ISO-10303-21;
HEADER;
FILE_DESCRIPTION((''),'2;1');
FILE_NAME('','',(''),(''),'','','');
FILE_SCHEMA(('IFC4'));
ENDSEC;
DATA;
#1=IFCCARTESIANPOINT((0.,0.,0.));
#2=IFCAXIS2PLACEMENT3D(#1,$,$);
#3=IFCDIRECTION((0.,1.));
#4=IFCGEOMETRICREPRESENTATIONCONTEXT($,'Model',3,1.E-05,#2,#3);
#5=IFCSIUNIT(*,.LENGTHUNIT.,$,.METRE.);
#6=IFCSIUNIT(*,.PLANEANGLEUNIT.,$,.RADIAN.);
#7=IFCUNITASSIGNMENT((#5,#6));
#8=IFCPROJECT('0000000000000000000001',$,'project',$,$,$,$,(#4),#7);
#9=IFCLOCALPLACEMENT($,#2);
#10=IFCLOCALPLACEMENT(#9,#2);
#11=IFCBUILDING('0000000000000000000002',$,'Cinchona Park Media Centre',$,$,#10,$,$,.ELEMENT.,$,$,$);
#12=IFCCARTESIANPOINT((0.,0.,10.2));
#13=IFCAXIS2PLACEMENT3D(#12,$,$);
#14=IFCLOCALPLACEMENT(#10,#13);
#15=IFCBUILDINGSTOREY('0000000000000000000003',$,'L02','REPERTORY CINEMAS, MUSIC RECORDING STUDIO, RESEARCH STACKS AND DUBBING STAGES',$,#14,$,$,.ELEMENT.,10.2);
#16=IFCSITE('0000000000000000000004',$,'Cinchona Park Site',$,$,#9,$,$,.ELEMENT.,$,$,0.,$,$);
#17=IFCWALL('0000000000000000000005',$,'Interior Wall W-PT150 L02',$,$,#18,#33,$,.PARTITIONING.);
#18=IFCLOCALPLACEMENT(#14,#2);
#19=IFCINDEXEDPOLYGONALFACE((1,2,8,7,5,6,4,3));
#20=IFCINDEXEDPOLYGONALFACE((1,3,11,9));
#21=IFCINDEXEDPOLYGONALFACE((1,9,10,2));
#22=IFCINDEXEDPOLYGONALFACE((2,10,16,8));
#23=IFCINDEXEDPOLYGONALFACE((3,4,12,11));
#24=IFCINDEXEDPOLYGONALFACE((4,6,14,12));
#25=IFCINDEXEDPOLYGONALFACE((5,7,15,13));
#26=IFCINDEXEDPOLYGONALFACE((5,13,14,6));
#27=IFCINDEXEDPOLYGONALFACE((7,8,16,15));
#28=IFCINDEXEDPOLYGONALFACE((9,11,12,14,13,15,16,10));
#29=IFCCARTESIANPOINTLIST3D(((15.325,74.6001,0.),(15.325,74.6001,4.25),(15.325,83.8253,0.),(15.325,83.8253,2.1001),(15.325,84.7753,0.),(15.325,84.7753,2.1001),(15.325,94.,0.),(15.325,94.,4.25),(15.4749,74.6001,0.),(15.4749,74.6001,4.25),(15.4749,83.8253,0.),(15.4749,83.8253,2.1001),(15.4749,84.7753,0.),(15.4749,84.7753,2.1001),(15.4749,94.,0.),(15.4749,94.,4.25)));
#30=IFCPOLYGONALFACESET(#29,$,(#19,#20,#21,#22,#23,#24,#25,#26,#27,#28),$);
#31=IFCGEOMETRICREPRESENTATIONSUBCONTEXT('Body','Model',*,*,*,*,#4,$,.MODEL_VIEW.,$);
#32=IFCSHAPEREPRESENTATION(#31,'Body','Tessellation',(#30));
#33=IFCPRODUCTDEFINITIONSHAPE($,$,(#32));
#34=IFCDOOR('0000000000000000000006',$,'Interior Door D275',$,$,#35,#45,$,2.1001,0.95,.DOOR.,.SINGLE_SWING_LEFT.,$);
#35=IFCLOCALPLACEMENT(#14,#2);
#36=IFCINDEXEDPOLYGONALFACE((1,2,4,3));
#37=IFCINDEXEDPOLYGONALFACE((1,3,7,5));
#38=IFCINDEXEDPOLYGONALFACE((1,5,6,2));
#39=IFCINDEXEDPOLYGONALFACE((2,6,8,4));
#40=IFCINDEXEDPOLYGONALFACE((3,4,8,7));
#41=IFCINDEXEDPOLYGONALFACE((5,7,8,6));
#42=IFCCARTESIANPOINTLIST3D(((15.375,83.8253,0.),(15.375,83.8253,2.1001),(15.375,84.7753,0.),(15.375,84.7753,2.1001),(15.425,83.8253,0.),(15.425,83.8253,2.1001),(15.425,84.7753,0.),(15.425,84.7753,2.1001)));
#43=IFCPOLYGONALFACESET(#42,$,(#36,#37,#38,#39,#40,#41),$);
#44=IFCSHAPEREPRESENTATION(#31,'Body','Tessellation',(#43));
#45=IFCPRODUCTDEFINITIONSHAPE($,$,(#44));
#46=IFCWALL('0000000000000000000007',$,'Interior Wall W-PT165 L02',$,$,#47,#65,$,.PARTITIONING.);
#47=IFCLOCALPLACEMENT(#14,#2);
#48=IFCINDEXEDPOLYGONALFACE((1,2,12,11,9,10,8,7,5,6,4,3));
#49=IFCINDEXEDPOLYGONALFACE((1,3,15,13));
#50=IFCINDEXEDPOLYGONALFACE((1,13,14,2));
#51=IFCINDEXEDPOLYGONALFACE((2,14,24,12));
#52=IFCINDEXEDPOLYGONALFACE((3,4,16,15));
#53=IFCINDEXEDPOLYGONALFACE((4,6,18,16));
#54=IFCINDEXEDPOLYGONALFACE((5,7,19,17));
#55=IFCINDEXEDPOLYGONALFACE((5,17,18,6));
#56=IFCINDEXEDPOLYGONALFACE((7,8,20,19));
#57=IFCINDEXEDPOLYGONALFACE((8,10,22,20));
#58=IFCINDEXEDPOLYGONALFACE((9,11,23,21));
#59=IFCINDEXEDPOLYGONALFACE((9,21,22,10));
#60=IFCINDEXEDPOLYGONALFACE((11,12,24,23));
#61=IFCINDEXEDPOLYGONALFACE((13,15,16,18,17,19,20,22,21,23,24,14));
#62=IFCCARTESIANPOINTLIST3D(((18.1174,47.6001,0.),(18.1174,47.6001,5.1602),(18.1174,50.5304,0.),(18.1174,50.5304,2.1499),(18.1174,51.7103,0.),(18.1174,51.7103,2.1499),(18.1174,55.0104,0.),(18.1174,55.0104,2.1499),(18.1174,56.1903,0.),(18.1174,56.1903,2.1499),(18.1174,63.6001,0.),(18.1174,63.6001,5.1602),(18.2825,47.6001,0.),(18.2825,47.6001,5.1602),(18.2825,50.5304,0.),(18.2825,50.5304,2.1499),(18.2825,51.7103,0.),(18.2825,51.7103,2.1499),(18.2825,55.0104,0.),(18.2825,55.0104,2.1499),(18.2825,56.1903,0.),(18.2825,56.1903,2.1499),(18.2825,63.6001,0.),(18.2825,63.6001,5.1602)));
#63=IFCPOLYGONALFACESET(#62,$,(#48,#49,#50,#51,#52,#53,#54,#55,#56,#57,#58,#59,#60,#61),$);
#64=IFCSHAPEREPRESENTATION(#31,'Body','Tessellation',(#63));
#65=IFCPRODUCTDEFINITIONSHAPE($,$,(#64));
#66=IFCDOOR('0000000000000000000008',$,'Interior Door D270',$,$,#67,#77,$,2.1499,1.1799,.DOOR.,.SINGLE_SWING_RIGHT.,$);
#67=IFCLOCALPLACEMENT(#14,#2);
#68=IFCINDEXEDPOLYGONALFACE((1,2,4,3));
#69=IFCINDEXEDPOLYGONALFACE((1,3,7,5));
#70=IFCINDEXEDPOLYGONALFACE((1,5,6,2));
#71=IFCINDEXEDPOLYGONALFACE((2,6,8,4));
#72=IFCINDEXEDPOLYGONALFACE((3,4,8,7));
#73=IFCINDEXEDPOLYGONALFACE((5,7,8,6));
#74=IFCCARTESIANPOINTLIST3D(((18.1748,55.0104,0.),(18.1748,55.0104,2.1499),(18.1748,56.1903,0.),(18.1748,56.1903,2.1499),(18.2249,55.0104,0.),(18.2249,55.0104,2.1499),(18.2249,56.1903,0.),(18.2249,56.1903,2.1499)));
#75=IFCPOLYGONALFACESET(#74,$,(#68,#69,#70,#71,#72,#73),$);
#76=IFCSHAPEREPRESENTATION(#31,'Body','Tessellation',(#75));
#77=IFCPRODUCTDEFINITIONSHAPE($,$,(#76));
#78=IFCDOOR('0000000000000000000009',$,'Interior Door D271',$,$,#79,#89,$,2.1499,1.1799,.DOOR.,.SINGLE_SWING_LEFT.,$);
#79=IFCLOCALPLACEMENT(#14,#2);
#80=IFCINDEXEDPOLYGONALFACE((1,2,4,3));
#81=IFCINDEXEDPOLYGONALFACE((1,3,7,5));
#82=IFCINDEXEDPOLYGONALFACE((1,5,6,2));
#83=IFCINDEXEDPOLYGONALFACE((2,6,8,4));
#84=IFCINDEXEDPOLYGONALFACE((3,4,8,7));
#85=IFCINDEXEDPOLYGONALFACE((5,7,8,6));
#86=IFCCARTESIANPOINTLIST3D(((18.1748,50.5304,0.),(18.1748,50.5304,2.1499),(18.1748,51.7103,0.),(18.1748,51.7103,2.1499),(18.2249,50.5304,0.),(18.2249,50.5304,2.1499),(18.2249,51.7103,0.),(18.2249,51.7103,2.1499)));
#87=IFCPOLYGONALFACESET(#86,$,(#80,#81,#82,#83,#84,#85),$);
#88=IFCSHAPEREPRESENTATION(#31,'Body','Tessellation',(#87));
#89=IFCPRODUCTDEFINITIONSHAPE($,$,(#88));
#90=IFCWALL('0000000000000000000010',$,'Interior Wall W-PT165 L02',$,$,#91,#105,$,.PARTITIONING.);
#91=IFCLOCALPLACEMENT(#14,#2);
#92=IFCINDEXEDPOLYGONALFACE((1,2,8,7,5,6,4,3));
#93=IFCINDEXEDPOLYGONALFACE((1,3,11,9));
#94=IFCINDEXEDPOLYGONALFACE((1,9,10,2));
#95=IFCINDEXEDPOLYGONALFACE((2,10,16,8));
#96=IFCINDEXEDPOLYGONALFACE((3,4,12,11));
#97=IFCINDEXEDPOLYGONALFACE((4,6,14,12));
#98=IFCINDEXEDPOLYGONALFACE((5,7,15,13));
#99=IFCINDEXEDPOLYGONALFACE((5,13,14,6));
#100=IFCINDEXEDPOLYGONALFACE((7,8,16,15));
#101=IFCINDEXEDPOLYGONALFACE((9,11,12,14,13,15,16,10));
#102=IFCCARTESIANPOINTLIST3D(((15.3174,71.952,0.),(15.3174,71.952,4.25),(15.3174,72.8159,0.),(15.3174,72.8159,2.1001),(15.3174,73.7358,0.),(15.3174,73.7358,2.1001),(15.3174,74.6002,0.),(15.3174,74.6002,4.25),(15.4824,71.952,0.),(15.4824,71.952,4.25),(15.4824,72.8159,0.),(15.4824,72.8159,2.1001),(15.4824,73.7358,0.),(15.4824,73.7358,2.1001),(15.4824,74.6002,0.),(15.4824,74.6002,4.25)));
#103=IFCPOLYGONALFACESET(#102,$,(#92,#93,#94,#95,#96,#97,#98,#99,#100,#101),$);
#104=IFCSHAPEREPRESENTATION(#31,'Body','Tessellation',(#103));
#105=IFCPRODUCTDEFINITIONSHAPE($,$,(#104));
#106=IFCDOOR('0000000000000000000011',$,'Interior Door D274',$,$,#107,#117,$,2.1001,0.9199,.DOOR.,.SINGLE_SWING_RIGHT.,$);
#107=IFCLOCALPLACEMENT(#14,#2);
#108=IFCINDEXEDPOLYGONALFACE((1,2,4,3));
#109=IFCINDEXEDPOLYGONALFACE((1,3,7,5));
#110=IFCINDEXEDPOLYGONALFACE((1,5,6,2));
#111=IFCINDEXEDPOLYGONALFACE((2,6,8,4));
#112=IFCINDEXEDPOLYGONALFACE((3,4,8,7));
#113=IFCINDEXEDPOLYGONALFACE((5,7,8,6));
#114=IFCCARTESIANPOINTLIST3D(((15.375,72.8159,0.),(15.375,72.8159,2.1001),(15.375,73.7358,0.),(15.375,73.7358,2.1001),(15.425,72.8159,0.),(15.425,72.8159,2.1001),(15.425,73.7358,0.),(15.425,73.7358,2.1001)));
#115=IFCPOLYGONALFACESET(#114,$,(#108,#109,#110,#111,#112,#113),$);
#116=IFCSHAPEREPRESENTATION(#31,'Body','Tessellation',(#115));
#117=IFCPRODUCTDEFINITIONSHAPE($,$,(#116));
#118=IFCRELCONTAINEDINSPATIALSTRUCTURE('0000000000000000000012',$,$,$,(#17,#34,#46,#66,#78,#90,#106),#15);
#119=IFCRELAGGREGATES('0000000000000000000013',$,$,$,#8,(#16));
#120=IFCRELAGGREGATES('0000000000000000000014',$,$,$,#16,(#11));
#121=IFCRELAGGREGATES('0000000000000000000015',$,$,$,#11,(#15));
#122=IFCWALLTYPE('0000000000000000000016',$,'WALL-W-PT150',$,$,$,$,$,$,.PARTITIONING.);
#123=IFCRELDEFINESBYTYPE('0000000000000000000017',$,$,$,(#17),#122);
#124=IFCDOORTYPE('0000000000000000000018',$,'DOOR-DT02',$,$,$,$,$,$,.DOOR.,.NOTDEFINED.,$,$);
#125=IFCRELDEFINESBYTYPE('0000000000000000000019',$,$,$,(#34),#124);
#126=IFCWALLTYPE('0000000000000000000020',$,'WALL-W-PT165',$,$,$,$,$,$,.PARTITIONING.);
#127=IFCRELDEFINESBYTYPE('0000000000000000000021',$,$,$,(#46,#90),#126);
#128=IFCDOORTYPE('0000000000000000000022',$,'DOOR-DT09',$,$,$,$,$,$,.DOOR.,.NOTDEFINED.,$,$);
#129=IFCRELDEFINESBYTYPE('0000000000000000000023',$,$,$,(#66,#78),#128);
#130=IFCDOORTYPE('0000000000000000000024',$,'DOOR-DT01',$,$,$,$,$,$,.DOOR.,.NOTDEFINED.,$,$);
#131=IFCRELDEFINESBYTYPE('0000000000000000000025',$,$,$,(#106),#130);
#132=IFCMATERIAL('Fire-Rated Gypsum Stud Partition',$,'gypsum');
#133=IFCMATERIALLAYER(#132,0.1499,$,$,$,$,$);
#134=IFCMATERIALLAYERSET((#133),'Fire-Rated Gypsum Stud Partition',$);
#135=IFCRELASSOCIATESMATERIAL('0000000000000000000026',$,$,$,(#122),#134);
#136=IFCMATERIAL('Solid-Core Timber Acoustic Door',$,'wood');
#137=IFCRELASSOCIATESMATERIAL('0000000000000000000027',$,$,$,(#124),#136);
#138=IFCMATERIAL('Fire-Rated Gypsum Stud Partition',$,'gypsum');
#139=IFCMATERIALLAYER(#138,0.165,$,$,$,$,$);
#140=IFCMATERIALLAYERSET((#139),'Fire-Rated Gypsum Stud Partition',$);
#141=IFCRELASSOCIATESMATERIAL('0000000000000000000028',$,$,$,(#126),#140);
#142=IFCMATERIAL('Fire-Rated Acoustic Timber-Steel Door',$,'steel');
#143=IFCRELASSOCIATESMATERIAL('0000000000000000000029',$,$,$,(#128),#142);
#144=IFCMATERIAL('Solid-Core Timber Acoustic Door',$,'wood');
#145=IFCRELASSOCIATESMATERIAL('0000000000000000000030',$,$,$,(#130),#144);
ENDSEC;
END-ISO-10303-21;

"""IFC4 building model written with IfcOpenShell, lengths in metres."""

from ifc_helpers import new_model, si_unit, direction, frame, frame_2d, origin, place, context, subcontext, project, spatial, rectangle, extrude, material, layer, layer_set, type_object, element, fill, save


model = new_model("IFC4")

# Units and contexts
model_context = context("Model", 3, precision=1e-05, world=origin(), true_north=direction((0.0, 1.0)))
body_context = subcontext(model_context, "Body", "Model", "MODEL_VIEW")
ifc_project = project(units=[si_unit("LENGTHUNIT", "METRE"), si_unit("PLANEANGLEUNIT", "RADIAN")], contexts=[model_context])

# Site, building, storey
site_placement = place(None, origin())
site = spatial("IfcSite", under=ifc_project, at=site_placement, Name="Cinchona Park Site", CompositionType="ELEMENT", RefElevation=0.0)
building_placement = place(site_placement, origin())
building = spatial("IfcBuilding", under=site, at=building_placement, Name="Cinchona Park Media Centre", CompositionType="ELEMENT")
storey_placement = place(building_placement, frame((0.0, 0.0, 10.2)))
storey = spatial("IfcBuildingStorey", under=building, at=storey_placement, Name="L02", Description="REPERTORY CINEMAS, MUSIC RECORDING STUDIO, RESEARCH STACKS AND DUBBING STAGES", CompositionType="ELEMENT", Elevation=10.2)

# Wall, opening, door
ifc_material_1 = material(Name="Fire-Rated Gypsum Stud Partition", Category="gypsum")
ifc_layer_1 = layer(ifc_material_1, 0.1499)
ifc_layer_set_1 = layer_set([ifc_layer_1], Name="Fire-Rated Gypsum Stud Partition")
wall_type_1 = type_object("IfcWallType", Name="WALL-W-PT150", PredefinedType="PARTITIONING", material=ifc_layer_set_1)
wall_1_placement = place(storey_placement, frame((15.3999, 74.6001, 0.0), z_axis=(0.0, 0.0, 1.0), x_axis=(0.0, 1.0, 0.0)))
wall_1 = element("IfcWall", 1, at=wall_1_placement, inside=storey, type_object=wall_type_1, Name="Interior Wall W-PT150 L02", PredefinedType="PARTITIONING", context=body_context, shape_type="SweptSolid", body=[
    extrude(rectangle(XDim=19.3999, YDim=0.1499, at=frame_2d((9.7, 0.0))), origin(), (0.0, 0.0, 1.0), 4.25),
])
opening_1_placement = place(wall_1_placement, frame((9.2251, 0.0, 0.0)))
opening_1 = element("IfcOpeningElement", 2, at=opening_1_placement, cuts=wall_1, PredefinedType="OPENING", context=body_context, shape_type="SweptSolid", body=[
    extrude(rectangle(XDim=0.95, YDim=2.1001, at=frame_2d((0.4751, 1.05))), frame((0.0, 0.085, 0.0), z_axis=(0.0, -1.0, 0.0), x_axis=(1.0, 0.0, 0.0)), (0.0, 0.0, 1.0), 0.1699),
])
ifc_material_2 = material(Name="Solid-Core Timber Acoustic Door", Category="wood")
door_type_1 = type_object("IfcDoorType", Name="DOOR-DT02", OperationType="NOTDEFINED", PredefinedType="DOOR", material=ifc_material_2)
door_1_placement = place(opening_1_placement, origin())
door_1 = element("IfcDoor", 3, at=door_1_placement, inside=storey, type_object=door_type_1, Name="Interior Door D275", OperationType="SINGLE_SWING_LEFT", OverallHeight=2.1001, OverallWidth=0.95, PredefinedType="DOOR", context=body_context, shape_type="SweptSolid", body=[
    extrude(rectangle(XDim=0.95, YDim=2.1001, at=frame_2d((0.4751, 1.05))), frame((0.0, 0.0249, 0.0), z_axis=(0.0, -1.0, 0.0), x_axis=(1.0, 0.0, 0.0)), (0.0, 0.0, 1.0), 0.05),
])
fill(opening_1, door_1)

# Wall, openings, doors
ifc_material_3 = material(Name="Fire-Rated Gypsum Stud Partition", Category="gypsum")
ifc_layer_2 = layer(ifc_material_3, 0.165)
ifc_layer_set_2 = layer_set([ifc_layer_2], Name="Fire-Rated Gypsum Stud Partition")
wall_type_2 = type_object("IfcWallType", Name="WALL-W-PT165", PredefinedType="PARTITIONING", material=ifc_layer_set_2)
wall_2_placement = place(storey_placement, frame((18.2, 63.6001, 0.0), z_axis=(0.0, 0.0, 1.0), x_axis=(0.0, -1.0, 0.0)))
wall_2 = element("IfcWall", 4, at=wall_2_placement, inside=storey, type_object=wall_type_2, Name="Interior Wall W-PT165 L02", PredefinedType="PARTITIONING", context=body_context, shape_type="SweptSolid", body=[
    extrude(rectangle(XDim=16.0, YDim=0.165, at=frame_2d((8.0, 0.0))), origin(), (0.0, 0.0, 1.0), 5.1602),
])
opening_2_placement = place(wall_2_placement, frame((7.4099, 0.0, 0.0)))
opening_2 = element("IfcOpeningElement", 5, at=opening_2_placement, cuts=wall_2, PredefinedType="OPENING", context=body_context, shape_type="SweptSolid", body=[
    extrude(rectangle(XDim=1.1799, YDim=2.1499, at=frame_2d((0.5898, 1.075))), frame((0.0, 0.0925, 0.0), z_axis=(0.0, -1.0, 0.0), x_axis=(1.0, 0.0, 0.0)), (0.0, 0.0, 1.0), 0.1851),
])
opening_3_placement = place(wall_2_placement, frame((11.8899, 0.0, 0.0)))
opening_3 = element("IfcOpeningElement", 6, at=opening_3_placement, cuts=wall_2, PredefinedType="OPENING", context=body_context, shape_type="SweptSolid", body=[
    extrude(rectangle(XDim=1.1799, YDim=2.1499, at=frame_2d((0.5898, 1.075))), frame((0.0, 0.0925, 0.0), z_axis=(0.0, -1.0, 0.0), x_axis=(1.0, 0.0, 0.0)), (0.0, 0.0, 1.0), 0.1851),
])
ifc_material_4 = material(Name="Fire-Rated Acoustic Timber-Steel Door", Category="steel")
door_type_2 = type_object("IfcDoorType", Name="DOOR-DT09", OperationType="NOTDEFINED", PredefinedType="DOOR", material=ifc_material_4)
door_2_placement = place(opening_2_placement, origin())
door_2 = element("IfcDoor", 7, at=door_2_placement, inside=storey, type_object=door_type_2, Name="Interior Door D270", OperationType="SINGLE_SWING_RIGHT", OverallHeight=2.1499, OverallWidth=1.1799, PredefinedType="DOOR", context=body_context, shape_type="SweptSolid", body=[
    extrude(rectangle(XDim=1.1799, YDim=2.1499, at=frame_2d((0.5898, 1.075))), frame((0.0, 0.0249, 0.0), z_axis=(0.0, -1.0, 0.0), x_axis=(1.0, 0.0, 0.0)), (0.0, 0.0, 1.0), 0.05),
])
fill(opening_2, door_2)
door_3_placement = place(opening_3_placement, origin())
door_3 = element("IfcDoor", 8, at=door_3_placement, inside=storey, type_object=door_type_2, Name="Interior Door D271", OperationType="SINGLE_SWING_LEFT", OverallHeight=2.1499, OverallWidth=1.1799, PredefinedType="DOOR", context=body_context, shape_type="SweptSolid", body=[
    extrude(rectangle(XDim=1.1799, YDim=2.1499, at=frame_2d((0.5898, 1.075))), frame((0.0, 0.0249, 0.0), z_axis=(0.0, -1.0, 0.0), x_axis=(1.0, 0.0, 0.0)), (0.0, 0.0, 1.0), 0.05),
])
fill(opening_3, door_3)

# Wall, opening, door
wall_3_placement = place(storey_placement, frame((15.3999, 71.9519, 0.0), z_axis=(0.0, 0.0, 1.0), x_axis=(0.0, 1.0, 0.0)))
wall_3 = element("IfcWall", 9, at=wall_3_placement, inside=storey, type_object=wall_type_2, Name="Interior Wall W-PT165 L02", PredefinedType="PARTITIONING", context=body_context, shape_type="SweptSolid", body=[
    extrude(rectangle(XDim=2.6482, YDim=0.165, at=frame_2d((1.3242, 0.0))), origin(), (0.0, 0.0, 1.0), 4.25),
])
opening_4_placement = place(wall_3_placement, frame((0.864, 0.0, 0.0)))
opening_4 = element("IfcOpeningElement", 10, at=opening_4_placement, cuts=wall_3, PredefinedType="OPENING", context=body_context, shape_type="SweptSolid", body=[
    extrude(rectangle(XDim=0.9199, YDim=2.1001, at=frame_2d((0.46, 1.05))), frame((0.0, 0.0925, 0.0), z_axis=(0.0, -1.0, 0.0), x_axis=(1.0, 0.0, 0.0)), (0.0, 0.0, 1.0), 0.1851),
])
ifc_material_5 = material(Name="Solid-Core Timber Acoustic Door", Category="wood")
door_type_3 = type_object("IfcDoorType", Name="DOOR-DT01", OperationType="NOTDEFINED", PredefinedType="DOOR", material=ifc_material_5)
door_4_placement = place(opening_4_placement, origin())
door_4 = element("IfcDoor", 11, at=door_4_placement, inside=storey, type_object=door_type_3, Name="Interior Door D274", OperationType="SINGLE_SWING_RIGHT", OverallHeight=2.1001, OverallWidth=0.9199, PredefinedType="DOOR", context=body_context, shape_type="SweptSolid", body=[
    extrude(rectangle(XDim=0.9199, YDim=2.1001, at=frame_2d((0.46, 1.05))), frame((0.0, 0.0249, 0.0), z_axis=(0.0, -1.0, 0.0), x_axis=(1.0, 0.0, 0.0)), (0.0, 0.0, 1.0), 0.05),
])
fill(opening_4, door_4)

save(model, "model.ifc")
